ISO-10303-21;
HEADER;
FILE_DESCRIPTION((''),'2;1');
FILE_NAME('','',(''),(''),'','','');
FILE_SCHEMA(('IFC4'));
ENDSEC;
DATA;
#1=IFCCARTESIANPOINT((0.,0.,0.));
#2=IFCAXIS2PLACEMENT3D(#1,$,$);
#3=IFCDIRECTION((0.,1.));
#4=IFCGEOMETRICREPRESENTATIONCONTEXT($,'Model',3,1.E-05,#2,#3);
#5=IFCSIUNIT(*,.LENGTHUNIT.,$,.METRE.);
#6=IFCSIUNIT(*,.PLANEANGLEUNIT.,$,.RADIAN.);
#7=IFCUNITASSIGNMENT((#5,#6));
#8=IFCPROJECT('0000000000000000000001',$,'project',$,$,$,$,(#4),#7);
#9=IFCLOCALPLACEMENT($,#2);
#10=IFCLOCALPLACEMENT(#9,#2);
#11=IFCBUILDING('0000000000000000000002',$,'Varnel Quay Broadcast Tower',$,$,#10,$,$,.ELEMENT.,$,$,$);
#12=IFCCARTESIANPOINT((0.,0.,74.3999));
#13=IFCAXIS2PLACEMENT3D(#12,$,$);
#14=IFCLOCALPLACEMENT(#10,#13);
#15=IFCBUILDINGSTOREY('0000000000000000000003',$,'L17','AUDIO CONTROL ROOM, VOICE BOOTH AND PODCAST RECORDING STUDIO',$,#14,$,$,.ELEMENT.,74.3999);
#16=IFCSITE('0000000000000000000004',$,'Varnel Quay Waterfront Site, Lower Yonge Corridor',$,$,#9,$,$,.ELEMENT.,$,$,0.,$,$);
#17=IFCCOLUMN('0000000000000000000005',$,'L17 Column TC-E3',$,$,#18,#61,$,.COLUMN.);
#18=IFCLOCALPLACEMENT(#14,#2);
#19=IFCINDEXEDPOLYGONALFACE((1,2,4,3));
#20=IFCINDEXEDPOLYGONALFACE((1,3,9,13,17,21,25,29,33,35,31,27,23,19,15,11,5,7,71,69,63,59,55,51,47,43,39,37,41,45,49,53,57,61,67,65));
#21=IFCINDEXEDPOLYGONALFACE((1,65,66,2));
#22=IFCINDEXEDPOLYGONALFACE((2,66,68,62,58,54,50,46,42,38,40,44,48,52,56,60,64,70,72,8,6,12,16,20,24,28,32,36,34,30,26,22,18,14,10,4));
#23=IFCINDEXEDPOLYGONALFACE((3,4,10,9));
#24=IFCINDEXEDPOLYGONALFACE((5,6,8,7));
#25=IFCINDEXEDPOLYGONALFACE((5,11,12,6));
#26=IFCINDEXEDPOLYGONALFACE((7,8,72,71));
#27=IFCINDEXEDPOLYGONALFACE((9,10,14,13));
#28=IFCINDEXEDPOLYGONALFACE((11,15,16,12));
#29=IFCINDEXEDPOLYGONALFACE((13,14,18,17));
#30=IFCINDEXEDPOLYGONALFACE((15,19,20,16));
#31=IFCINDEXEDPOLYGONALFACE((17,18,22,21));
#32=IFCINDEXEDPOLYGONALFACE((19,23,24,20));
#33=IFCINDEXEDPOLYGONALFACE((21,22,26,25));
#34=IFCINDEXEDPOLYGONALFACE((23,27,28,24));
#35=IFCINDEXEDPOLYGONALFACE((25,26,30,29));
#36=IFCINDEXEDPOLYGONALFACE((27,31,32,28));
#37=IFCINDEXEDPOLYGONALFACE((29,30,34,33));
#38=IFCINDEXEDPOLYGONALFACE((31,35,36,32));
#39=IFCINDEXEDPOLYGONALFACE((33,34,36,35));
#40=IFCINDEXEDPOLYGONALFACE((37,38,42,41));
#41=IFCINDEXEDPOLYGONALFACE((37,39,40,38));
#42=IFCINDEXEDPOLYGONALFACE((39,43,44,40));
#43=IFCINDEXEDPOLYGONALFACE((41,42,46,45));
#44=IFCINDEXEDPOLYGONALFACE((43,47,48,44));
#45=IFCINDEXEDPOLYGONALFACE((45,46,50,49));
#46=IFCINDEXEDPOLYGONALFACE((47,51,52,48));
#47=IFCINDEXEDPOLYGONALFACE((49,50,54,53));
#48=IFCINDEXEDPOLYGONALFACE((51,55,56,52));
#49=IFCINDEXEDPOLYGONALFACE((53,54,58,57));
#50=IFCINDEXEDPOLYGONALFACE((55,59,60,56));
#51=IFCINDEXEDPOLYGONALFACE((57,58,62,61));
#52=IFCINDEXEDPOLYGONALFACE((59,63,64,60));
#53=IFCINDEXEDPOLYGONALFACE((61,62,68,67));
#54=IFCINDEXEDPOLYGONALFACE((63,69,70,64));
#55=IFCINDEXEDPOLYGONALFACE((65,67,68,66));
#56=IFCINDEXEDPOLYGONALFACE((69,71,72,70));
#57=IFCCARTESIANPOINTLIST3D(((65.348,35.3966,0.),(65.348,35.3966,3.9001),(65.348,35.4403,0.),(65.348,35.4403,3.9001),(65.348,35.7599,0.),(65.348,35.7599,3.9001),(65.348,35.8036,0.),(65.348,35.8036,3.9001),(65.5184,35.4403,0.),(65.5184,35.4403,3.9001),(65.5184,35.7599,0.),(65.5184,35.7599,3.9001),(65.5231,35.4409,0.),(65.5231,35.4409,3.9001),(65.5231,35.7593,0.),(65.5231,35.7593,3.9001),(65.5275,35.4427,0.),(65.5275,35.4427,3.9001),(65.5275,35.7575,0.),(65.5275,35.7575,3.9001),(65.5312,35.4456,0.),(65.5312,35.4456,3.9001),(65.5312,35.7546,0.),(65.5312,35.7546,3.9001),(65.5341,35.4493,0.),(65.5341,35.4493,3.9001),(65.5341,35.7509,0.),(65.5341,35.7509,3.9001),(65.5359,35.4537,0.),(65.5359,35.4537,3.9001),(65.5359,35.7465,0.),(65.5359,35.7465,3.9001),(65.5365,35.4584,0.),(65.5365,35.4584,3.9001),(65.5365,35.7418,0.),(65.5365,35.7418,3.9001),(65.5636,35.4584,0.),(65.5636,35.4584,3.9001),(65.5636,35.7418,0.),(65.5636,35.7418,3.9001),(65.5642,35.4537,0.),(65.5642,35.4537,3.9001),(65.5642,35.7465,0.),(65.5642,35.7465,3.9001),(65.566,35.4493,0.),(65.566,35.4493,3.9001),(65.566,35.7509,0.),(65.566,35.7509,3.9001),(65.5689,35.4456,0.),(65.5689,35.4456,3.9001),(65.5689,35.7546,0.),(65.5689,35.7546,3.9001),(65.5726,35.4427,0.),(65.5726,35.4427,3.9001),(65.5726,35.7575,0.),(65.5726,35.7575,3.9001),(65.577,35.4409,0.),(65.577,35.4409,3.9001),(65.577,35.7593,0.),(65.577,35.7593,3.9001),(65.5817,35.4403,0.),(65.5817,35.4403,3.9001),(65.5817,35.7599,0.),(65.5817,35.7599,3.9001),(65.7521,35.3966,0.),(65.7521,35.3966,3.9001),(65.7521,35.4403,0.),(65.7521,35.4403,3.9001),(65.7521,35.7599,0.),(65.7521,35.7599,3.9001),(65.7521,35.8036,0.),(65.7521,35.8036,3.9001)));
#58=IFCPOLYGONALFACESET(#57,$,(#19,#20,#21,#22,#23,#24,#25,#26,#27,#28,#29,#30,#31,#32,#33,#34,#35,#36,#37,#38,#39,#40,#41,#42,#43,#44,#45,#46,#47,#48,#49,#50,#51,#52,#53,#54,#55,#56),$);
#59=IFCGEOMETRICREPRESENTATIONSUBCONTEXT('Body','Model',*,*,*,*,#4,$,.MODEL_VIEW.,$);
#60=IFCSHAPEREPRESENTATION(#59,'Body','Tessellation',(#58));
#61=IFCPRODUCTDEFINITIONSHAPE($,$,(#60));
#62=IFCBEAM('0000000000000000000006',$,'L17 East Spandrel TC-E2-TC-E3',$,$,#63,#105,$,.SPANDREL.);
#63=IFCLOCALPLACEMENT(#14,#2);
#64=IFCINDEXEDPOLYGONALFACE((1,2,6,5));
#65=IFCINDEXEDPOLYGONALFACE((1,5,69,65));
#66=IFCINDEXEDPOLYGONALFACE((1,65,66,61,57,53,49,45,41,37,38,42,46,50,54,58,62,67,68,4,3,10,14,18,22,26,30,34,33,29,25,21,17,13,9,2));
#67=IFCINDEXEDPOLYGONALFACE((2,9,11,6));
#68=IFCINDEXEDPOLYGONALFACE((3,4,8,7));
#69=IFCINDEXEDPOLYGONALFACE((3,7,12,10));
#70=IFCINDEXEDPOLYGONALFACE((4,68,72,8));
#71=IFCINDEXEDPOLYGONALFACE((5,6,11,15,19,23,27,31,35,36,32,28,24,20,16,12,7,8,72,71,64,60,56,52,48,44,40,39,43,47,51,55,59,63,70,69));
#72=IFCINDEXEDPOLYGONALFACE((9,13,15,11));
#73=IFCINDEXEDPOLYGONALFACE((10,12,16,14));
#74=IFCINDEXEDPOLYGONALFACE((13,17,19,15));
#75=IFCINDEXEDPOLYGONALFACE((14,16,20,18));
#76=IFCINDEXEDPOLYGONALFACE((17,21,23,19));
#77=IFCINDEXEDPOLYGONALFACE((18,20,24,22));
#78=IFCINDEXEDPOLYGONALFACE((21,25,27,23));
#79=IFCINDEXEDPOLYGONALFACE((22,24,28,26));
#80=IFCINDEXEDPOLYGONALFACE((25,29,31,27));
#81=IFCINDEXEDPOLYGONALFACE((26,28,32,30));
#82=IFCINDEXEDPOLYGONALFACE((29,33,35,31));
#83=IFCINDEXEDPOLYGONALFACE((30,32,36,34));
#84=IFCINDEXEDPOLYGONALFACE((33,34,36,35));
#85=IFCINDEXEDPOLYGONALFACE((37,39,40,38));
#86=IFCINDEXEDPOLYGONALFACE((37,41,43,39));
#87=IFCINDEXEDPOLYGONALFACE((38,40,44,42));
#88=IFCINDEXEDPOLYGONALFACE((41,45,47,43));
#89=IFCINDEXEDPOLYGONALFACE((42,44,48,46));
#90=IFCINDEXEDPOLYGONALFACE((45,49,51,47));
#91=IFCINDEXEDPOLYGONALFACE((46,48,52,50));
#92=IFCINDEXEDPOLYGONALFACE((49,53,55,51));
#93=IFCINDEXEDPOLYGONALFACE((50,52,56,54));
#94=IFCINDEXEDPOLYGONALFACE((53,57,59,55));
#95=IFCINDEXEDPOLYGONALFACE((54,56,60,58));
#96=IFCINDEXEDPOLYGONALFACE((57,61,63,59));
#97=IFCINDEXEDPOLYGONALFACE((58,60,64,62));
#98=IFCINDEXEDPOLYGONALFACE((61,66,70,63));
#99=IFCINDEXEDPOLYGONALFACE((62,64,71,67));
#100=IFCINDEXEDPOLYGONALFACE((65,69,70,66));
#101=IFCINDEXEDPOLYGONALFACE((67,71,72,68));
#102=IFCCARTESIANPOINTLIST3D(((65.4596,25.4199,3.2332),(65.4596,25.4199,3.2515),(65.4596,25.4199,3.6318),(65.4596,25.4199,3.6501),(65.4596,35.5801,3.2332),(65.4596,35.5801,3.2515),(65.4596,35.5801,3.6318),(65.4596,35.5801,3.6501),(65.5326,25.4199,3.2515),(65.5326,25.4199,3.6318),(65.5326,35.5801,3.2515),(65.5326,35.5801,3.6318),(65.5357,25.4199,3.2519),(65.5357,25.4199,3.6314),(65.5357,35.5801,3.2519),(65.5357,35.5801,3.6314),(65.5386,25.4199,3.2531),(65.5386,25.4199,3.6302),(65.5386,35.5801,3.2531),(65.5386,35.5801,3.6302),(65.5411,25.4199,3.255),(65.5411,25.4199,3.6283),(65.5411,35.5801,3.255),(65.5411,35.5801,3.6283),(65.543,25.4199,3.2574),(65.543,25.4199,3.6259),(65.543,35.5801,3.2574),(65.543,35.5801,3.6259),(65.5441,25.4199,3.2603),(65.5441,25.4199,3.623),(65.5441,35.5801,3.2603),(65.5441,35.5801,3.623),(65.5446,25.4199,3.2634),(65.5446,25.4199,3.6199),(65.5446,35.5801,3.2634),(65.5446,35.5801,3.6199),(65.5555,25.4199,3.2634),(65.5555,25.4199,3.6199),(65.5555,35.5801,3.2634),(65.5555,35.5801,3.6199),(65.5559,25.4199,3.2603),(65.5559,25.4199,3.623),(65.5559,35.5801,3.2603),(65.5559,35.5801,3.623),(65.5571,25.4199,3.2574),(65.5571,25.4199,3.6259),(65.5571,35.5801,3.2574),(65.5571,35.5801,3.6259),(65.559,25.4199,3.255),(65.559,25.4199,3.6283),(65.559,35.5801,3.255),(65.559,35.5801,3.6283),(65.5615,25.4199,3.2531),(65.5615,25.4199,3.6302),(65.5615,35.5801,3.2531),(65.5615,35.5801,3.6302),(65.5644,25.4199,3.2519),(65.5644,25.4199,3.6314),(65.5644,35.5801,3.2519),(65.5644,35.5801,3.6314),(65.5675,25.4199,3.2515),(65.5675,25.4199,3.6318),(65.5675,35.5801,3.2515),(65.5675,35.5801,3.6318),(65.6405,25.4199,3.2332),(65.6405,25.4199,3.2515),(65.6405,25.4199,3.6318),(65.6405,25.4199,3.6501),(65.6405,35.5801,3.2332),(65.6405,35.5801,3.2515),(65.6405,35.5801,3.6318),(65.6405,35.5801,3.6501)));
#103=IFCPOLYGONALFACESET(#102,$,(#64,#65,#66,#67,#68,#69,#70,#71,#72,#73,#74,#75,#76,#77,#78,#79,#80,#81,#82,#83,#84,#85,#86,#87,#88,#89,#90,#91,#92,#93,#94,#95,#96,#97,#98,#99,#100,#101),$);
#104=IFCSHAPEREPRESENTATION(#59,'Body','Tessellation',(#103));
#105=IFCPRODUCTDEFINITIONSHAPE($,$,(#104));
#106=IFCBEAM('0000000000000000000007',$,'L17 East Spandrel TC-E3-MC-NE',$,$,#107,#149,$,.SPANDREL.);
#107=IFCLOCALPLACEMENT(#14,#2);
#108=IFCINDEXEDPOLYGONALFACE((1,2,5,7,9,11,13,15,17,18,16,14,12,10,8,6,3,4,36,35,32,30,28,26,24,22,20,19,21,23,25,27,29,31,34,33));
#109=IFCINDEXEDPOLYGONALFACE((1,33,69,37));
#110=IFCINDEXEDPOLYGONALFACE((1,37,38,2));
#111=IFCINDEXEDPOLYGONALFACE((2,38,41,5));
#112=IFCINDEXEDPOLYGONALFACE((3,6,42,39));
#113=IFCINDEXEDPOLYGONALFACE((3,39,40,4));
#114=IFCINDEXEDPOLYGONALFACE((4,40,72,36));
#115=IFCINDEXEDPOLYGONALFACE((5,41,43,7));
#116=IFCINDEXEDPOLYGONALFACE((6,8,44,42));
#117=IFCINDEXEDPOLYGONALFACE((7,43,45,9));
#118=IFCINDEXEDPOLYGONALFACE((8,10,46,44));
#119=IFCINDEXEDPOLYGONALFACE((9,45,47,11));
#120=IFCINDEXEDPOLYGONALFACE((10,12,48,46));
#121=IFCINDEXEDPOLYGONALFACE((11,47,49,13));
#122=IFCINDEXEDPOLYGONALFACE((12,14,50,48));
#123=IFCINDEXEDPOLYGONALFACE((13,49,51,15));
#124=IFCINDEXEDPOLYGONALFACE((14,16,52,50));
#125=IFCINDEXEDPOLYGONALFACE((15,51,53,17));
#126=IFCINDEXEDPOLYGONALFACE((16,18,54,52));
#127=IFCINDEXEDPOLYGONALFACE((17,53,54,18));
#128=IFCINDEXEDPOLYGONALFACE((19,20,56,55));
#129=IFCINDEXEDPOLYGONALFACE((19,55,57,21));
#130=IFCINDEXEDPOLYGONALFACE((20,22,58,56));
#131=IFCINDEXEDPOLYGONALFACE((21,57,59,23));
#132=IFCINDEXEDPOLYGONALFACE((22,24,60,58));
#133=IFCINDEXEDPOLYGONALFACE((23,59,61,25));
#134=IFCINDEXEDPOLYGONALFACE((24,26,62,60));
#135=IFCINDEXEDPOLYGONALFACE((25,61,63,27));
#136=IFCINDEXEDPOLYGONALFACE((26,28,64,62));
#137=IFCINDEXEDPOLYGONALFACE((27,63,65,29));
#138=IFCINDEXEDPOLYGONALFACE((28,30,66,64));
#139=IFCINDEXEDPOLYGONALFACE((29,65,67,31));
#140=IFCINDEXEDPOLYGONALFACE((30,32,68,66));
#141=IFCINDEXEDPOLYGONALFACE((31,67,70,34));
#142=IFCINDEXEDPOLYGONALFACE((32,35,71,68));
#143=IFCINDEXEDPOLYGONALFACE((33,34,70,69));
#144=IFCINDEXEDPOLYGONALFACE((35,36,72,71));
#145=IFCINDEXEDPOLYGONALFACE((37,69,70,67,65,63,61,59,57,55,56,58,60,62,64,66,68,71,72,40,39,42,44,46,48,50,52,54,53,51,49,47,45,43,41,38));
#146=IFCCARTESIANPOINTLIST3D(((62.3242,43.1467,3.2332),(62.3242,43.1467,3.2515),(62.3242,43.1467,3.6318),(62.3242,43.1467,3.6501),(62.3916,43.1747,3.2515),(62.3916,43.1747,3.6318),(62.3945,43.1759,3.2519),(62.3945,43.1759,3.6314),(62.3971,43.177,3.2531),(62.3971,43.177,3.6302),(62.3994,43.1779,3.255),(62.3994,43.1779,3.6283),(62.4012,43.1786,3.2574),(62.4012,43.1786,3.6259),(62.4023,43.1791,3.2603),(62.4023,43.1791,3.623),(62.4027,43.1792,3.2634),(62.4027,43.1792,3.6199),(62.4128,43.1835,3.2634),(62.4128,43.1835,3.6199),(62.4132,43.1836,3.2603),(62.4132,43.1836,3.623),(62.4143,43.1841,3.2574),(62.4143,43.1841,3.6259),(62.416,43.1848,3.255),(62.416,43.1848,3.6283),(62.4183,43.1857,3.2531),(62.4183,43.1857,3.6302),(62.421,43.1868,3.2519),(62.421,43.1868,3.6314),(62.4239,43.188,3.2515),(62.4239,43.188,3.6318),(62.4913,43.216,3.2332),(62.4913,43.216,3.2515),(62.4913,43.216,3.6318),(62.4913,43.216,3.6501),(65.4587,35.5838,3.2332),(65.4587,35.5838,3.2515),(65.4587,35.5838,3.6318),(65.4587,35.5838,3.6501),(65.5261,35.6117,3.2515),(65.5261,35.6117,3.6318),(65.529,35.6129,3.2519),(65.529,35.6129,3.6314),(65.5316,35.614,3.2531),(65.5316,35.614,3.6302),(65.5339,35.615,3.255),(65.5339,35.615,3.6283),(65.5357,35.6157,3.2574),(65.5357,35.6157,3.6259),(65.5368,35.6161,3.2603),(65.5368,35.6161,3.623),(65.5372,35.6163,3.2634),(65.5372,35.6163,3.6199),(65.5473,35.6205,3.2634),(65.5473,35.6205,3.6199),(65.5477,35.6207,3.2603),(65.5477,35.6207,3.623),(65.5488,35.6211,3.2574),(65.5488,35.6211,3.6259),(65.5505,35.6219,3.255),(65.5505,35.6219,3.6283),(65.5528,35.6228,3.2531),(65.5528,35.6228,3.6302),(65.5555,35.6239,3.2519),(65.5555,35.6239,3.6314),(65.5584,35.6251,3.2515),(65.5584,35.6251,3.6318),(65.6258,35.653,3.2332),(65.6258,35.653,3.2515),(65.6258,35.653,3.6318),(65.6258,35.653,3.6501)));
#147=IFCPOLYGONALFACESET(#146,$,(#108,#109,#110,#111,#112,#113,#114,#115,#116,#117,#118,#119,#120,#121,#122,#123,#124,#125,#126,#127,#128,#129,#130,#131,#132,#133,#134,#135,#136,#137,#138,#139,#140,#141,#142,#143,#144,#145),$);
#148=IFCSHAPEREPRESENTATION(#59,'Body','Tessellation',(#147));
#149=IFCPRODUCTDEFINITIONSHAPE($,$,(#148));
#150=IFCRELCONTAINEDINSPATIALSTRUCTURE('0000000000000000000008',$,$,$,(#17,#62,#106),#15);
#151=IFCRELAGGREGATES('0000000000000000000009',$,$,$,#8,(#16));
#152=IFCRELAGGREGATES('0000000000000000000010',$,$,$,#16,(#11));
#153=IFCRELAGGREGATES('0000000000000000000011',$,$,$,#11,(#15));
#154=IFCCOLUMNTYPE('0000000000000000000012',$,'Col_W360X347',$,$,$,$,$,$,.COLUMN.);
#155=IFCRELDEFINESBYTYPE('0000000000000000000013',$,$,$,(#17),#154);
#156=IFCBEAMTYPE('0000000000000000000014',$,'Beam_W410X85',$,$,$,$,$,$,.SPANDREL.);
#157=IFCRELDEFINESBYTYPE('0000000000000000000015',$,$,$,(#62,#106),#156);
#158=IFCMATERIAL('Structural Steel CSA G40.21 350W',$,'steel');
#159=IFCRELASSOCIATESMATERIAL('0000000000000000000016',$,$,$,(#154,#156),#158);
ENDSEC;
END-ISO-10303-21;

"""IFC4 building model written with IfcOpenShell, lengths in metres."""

from ifc_helpers import new_model, si_unit, direction, frame, origin, origin_2d, place, context, subcontext, project, spatial, i_section, extrude, source, transform, mapped, material, material_profile, profile_set, type_object, type_shapes, element, save


model = new_model("IFC4")

# Units and contexts
model_context = context("Model", 3, precision=1e-05, world=origin(), true_north=direction((0.0, 1.0)))
body_context = subcontext(model_context, "Body", "Model", "MODEL_VIEW")
ifc_project = project(units=[si_unit("LENGTHUNIT", "METRE"), si_unit("PLANEANGLEUNIT", "RADIAN")], contexts=[model_context])

# Site, building, storey
site_placement = place(None, origin())
site = spatial("IfcSite", under=ifc_project, at=site_placement, Name="Varnel Quay Waterfront Site, Lower Yonge Corridor", CompositionType="ELEMENT", RefElevation=0.0)
building_placement = place(site_placement, origin())
building = spatial("IfcBuilding", under=site, at=building_placement, Name="Varnel Quay Broadcast Tower", CompositionType="ELEMENT")
storey_placement = place(building_placement, frame((0.0, 0.0, 74.3999)))
storey = spatial("IfcBuildingStorey", under=building, at=storey_placement, Name="L17", Description="AUDIO CONTROL ROOM, VOICE BOOTH AND PODCAST RECORDING STUDIO", CompositionType="ELEMENT", Elevation=74.3999)

# Column
ifc_material_1 = material(Name="Structural Steel CSA G40.21 350W", Category="steel")
ifc_material_profile_1 = material_profile(ifc_material_1, i_section(OverallWidth=0.4041, OverallDepth=0.407, WebThickness=0.0271, FlangeThickness=0.0437, FilletRadius=0.0181, at=origin_2d()), Name="W360X347")
ifc_profile_set_1 = profile_set([ifc_material_profile_1], Name="Structural Steel CSA G40.21 350W")
column_type_1 = type_object("IfcColumnType", Name="Col_W360X347", PredefinedType="COLUMN", material=ifc_profile_set_1)
shared_shape_1 = source(origin(), body_context, "Body", "SweptSolid", [
    extrude(i_section(OverallWidth=0.4041, OverallDepth=0.407, WebThickness=0.0271, FlangeThickness=0.0437, FilletRadius=0.0181, at=origin_2d()), origin(), (0.0, 0.0, 1.0), 3.9001),
])
type_shapes(column_type_1, [shared_shape_1])
for number, where, z_axis, x_axis, name in (
    (1, (65.55, 35.6001, 0.0), (0.0, 0.0, 1.0), (1.0, 0.0, 0.0), "L17 Column TC-E3"),
):
    element("IfcColumn", number, at=place(storey_placement, frame(where, z_axis=z_axis, x_axis=x_axis)), inside=storey, type_object=column_type_1, Name=name, PredefinedType="COLUMN", context=body_context, shape_type="MappedRepresentation", body=[
        mapped(shared_shape_1, transform((0.0, 0.0, 0.0), x_axis=(1.0, 0.0, 0.0), y_axis=(0.0, 1.0, 0.0), z_axis=(0.0, 0.0, 1.0), scale=1.0)),
    ])

# Beams
ifc_material_profile_2 = material_profile(ifc_material_1, i_section(OverallWidth=0.1809, OverallDepth=0.417, WebThickness=0.011, FlangeThickness=0.0183, FilletRadius=0.012, at=origin_2d()), Name="W410X85")
ifc_profile_set_2 = profile_set([ifc_material_profile_2], Name="Structural Steel CSA G40.21 350W")
beam_type_1 = type_object("IfcBeamType", Name="Beam_W410X85", PredefinedType="SPANDREL", material=ifc_profile_set_2)
shared_shape_2 = source(origin(), body_context, "Body", "SweptSolid", [
    extrude(i_section(OverallWidth=0.1809, OverallDepth=0.417, WebThickness=0.011, FlangeThickness=0.0183, FilletRadius=0.012, at=origin_2d()), origin(), (0.0, 0.0, 1.0), 10.1602),
])
beam_1_placement = place(storey_placement, frame((65.55, 25.4199, 3.4417), z_axis=(0.0, 1.0, 0.0), x_axis=(-1.0, 0.0, 0.0)))
element("IfcBeam", 2, at=beam_1_placement, inside=storey, type_object=beam_type_1, Name="L17 East Spandrel TC-E2-TC-E3", PredefinedType="SPANDREL", context=body_context, shape_type="MappedRepresentation", body=[
    mapped(shared_shape_2, transform((0.0, 0.0, 0.0), x_axis=(1.0, 0.0, 0.0), y_axis=(0.0, 1.0, 0.0), z_axis=(0.0, 0.0, 1.0), scale=1.0)),
])
shared_shape_3 = source(origin(), body_context, "Body", "SweptSolid", [
    extrude(i_section(OverallWidth=0.1809, OverallDepth=0.417, WebThickness=0.011, FlangeThickness=0.0183, FilletRadius=0.012, at=origin_2d()), origin(), (0.0, 0.0, 1.0), 8.1868),
])
beam_2_placement = place(storey_placement, frame((65.5422, 35.6184, 3.4417), z_axis=(-0.382874, 0.923801, 0.0), x_axis=(-0.923801, -0.382874, 0.0)))
element("IfcBeam", 3, at=beam_2_placement, inside=storey, type_object=beam_type_1, Name="L17 East Spandrel TC-E3-MC-NE", PredefinedType="SPANDREL", context=body_context, shape_type="MappedRepresentation", body=[
    mapped(shared_shape_3, transform((0.0, 0.0, 0.0), x_axis=(1.0, 0.0, 0.0), y_axis=(0.0, 1.0, 0.0), z_axis=(0.0, 0.0, 1.0), scale=1.0)),
])

save(model, "model.ifc")
